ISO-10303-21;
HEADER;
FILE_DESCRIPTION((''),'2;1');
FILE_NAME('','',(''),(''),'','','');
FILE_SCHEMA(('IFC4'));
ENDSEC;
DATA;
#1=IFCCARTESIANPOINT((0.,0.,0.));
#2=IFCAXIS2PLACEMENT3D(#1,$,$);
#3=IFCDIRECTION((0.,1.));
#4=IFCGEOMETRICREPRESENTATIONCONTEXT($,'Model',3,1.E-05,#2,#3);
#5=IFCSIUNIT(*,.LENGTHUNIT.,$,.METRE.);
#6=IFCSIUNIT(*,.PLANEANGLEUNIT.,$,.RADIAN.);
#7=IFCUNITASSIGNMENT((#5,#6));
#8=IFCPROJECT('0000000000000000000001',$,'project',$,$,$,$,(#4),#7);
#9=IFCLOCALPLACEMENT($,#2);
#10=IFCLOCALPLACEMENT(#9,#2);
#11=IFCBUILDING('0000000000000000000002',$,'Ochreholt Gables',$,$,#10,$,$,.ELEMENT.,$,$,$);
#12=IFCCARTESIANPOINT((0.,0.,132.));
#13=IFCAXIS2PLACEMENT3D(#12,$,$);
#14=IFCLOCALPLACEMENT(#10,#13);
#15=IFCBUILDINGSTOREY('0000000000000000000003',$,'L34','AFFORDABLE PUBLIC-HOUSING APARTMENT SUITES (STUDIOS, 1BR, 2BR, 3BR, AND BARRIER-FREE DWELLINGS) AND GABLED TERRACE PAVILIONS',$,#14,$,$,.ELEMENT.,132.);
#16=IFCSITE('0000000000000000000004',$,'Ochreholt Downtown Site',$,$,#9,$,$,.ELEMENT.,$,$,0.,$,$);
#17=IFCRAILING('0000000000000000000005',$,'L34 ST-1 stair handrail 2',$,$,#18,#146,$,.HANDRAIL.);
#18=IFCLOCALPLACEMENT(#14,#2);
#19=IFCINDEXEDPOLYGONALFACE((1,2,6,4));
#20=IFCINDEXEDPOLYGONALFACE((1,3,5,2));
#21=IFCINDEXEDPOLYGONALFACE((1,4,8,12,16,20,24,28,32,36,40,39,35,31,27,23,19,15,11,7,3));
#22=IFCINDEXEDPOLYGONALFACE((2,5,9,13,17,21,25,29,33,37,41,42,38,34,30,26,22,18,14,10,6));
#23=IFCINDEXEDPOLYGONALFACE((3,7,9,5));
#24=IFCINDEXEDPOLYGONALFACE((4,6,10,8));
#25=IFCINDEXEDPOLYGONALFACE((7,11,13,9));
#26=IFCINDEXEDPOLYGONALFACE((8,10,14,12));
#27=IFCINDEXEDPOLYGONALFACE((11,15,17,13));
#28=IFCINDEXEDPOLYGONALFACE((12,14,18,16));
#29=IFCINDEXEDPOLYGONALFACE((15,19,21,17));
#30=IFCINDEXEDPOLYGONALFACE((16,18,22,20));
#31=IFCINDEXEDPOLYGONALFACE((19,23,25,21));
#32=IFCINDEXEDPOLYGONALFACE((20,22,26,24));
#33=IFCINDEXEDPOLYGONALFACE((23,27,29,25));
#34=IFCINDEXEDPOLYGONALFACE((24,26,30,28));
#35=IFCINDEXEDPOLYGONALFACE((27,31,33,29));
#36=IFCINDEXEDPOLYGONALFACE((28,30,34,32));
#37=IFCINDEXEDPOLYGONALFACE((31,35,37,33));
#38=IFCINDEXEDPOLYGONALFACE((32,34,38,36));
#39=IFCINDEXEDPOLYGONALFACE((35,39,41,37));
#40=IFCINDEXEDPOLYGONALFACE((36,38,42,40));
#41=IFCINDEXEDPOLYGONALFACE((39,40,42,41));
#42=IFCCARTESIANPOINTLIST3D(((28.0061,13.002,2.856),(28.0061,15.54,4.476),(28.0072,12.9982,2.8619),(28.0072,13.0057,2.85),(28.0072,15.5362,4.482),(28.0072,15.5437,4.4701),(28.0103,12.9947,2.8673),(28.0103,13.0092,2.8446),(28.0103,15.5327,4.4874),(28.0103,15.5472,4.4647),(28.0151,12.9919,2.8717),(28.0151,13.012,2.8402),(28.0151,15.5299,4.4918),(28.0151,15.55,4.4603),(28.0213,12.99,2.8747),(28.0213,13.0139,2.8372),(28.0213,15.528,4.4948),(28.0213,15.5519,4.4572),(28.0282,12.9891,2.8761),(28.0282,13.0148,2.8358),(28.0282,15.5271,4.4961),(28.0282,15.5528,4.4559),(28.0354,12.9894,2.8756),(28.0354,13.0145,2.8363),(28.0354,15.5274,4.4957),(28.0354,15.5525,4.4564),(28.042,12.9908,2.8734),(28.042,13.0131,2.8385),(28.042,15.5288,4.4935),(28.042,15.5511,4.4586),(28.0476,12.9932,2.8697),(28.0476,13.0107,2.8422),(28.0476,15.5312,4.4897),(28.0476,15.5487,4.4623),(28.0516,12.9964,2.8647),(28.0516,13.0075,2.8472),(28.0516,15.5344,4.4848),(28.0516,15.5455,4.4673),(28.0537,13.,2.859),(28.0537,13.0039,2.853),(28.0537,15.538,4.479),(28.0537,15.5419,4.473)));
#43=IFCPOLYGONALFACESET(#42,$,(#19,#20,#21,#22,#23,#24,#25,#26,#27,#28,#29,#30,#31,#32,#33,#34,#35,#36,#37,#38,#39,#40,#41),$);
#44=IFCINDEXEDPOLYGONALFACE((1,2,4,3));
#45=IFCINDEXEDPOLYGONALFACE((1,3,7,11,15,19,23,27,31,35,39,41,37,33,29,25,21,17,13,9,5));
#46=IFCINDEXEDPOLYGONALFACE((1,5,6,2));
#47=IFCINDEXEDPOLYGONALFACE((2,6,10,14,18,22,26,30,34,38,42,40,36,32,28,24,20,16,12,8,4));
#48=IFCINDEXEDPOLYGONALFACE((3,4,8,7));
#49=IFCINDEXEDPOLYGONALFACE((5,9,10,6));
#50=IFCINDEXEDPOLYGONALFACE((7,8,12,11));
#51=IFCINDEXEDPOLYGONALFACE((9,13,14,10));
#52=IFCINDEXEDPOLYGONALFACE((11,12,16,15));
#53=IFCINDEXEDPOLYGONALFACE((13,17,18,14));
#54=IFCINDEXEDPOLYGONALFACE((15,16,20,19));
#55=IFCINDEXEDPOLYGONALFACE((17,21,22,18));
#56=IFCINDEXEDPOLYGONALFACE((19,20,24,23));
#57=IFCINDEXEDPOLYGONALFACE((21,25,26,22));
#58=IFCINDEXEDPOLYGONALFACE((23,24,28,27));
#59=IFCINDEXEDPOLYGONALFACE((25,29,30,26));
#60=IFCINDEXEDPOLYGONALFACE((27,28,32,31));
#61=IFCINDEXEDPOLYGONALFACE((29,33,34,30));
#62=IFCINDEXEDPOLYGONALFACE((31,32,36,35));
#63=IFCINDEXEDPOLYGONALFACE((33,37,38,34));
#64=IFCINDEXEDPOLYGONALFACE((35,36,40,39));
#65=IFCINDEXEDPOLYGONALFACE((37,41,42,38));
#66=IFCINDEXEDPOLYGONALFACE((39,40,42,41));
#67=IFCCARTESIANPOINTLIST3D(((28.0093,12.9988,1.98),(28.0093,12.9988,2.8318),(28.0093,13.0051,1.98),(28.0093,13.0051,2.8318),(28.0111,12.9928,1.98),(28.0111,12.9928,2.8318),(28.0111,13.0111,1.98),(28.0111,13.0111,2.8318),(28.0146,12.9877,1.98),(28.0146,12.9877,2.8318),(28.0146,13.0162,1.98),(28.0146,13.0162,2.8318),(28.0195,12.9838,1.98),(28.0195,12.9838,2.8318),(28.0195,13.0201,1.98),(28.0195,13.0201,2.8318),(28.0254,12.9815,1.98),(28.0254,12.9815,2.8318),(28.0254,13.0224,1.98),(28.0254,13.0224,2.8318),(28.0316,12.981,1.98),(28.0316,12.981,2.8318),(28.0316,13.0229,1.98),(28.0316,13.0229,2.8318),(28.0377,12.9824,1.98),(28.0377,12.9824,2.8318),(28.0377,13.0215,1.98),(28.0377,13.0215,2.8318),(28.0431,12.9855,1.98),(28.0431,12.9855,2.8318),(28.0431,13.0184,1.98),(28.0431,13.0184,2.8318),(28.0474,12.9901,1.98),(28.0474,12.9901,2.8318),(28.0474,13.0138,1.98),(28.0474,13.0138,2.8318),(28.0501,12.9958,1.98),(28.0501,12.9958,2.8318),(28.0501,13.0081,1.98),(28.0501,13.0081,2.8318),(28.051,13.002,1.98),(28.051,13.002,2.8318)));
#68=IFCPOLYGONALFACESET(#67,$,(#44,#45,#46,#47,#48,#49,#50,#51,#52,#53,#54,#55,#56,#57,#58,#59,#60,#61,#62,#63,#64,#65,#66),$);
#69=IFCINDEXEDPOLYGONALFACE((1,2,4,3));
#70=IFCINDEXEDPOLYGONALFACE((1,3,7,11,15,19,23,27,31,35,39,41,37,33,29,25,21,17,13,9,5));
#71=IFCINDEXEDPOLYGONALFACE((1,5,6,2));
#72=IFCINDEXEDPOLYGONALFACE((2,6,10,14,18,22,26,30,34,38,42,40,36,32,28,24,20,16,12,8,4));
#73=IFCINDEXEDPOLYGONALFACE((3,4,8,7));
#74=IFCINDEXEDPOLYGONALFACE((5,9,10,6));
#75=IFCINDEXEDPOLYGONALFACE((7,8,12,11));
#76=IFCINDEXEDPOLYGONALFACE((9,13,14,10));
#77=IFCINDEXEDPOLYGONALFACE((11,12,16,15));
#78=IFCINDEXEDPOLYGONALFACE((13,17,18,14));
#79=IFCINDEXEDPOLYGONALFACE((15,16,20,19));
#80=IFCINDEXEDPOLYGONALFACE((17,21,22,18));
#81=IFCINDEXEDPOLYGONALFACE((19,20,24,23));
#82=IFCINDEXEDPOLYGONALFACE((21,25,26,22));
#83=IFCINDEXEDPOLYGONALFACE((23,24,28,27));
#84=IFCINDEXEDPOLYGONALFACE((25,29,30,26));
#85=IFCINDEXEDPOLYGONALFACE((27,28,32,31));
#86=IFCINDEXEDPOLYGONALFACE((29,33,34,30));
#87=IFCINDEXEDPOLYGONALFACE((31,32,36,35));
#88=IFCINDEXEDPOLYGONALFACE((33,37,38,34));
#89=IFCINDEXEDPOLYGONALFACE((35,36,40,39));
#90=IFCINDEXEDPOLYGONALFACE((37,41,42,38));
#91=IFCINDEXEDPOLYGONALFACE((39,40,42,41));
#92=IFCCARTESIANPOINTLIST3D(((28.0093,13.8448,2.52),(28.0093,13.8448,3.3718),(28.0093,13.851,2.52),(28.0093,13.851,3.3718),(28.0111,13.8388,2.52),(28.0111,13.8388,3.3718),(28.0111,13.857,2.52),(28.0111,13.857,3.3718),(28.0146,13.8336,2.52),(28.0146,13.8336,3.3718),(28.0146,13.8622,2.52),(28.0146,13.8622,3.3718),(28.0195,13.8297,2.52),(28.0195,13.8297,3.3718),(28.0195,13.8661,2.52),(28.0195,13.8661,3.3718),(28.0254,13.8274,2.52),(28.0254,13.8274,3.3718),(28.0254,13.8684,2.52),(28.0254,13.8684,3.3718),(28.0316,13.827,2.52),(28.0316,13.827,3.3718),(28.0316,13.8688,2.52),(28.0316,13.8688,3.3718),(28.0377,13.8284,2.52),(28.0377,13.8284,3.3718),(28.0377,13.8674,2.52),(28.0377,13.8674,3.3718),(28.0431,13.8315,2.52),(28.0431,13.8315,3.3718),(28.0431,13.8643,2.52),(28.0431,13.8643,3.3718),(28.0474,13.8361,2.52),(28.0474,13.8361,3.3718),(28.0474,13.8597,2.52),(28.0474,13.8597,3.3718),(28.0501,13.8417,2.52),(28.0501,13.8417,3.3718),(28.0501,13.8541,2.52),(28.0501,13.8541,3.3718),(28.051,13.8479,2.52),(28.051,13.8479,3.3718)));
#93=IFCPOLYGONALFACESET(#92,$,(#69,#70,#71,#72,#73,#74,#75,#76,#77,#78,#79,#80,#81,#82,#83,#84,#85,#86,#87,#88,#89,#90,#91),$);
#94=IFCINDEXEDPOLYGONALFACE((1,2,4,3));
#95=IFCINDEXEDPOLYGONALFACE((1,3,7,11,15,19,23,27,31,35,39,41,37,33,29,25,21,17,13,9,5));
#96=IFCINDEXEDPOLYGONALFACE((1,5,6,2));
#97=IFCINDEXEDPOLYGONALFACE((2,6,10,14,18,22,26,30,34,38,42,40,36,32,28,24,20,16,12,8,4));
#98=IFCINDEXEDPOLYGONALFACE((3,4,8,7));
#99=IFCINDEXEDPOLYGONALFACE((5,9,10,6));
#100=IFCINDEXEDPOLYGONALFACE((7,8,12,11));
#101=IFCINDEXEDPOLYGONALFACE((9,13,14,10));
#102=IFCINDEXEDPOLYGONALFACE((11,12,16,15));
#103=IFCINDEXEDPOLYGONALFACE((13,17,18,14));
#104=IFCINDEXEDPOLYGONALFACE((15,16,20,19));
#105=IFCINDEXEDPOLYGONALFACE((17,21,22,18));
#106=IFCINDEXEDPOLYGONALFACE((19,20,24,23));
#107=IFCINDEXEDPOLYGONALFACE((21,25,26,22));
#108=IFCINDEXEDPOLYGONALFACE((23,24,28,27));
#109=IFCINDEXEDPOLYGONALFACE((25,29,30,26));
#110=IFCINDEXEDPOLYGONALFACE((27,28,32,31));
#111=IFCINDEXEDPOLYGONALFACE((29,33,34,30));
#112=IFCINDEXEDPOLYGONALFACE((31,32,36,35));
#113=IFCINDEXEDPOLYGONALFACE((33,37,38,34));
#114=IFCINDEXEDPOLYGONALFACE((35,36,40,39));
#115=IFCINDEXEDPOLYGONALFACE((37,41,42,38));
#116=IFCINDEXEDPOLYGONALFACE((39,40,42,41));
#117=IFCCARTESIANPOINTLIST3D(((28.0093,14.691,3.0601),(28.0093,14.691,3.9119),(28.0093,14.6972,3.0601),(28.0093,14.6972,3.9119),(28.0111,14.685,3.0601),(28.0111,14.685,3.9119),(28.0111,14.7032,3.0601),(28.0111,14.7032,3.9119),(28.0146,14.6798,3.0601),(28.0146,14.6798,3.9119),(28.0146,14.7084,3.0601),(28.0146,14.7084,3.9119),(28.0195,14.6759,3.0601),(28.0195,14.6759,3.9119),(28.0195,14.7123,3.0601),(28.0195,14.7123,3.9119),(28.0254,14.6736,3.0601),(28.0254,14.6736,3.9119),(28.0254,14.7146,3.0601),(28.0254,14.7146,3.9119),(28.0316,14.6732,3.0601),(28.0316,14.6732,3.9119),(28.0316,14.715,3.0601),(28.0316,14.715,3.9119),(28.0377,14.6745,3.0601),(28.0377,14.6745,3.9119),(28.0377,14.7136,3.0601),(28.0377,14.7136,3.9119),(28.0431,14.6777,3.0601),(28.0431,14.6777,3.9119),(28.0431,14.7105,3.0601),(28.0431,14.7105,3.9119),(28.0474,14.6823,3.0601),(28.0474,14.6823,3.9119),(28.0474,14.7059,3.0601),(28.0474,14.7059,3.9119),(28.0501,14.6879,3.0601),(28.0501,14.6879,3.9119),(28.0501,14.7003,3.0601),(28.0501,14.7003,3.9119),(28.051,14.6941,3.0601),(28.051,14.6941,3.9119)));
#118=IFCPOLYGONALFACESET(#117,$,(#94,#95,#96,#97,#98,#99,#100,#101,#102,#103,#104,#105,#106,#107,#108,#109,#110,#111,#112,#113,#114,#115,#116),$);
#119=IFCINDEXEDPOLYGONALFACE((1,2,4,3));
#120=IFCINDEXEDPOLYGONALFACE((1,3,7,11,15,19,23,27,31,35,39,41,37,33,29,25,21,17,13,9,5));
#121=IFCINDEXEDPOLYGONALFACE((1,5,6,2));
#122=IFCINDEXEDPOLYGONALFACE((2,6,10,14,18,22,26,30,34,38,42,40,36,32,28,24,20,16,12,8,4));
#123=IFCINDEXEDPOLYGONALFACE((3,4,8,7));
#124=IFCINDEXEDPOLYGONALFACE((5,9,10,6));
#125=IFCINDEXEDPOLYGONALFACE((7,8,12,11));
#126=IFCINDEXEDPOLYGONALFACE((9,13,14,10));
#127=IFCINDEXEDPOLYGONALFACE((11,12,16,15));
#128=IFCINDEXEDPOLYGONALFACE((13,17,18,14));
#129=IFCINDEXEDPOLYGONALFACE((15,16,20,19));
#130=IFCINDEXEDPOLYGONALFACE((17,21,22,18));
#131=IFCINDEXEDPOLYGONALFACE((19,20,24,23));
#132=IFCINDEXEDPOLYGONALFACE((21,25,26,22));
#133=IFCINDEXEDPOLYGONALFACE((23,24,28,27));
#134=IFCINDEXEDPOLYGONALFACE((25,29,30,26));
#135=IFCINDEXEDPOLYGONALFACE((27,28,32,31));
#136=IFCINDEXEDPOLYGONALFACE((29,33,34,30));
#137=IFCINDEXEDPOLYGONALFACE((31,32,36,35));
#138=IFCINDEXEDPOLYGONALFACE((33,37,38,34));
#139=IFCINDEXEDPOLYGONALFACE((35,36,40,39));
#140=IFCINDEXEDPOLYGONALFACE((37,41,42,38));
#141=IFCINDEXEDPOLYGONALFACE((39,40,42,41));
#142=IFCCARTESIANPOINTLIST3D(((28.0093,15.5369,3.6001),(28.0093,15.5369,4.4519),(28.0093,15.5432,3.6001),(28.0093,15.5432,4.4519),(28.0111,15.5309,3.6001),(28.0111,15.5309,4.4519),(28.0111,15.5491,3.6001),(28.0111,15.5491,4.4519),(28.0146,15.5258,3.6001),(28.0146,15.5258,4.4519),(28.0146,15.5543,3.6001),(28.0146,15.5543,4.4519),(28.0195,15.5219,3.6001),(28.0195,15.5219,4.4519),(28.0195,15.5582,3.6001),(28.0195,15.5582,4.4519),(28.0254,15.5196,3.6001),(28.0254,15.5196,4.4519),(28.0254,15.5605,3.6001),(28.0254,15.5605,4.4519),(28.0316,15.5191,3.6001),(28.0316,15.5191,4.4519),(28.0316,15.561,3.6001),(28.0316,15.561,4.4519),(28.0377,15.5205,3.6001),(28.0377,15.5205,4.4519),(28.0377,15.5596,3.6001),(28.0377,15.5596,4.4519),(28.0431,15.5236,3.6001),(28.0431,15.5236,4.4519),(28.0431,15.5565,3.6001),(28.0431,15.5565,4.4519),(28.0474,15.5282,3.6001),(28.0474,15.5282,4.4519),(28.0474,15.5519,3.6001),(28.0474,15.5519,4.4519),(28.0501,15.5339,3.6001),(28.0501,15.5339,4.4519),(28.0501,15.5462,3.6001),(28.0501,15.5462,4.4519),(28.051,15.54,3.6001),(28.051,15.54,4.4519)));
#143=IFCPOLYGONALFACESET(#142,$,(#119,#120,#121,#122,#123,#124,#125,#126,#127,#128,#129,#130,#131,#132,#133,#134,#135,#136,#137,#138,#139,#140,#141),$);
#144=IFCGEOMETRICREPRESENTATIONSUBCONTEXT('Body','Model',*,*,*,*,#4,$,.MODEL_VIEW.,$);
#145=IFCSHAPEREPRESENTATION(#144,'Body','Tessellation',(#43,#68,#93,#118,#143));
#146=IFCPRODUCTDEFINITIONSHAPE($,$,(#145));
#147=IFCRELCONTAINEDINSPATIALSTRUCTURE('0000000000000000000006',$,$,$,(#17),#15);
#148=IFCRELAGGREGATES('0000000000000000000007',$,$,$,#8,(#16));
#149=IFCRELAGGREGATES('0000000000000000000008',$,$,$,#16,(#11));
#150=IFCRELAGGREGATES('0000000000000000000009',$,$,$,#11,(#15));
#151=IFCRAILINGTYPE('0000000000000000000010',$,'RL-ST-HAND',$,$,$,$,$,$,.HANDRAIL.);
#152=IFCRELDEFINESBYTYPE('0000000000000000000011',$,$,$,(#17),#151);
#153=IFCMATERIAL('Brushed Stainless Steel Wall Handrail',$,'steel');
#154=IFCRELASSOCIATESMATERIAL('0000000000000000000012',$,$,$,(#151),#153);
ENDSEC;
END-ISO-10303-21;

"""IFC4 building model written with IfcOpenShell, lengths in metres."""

from ifc_helpers import new_model, si_unit, direction, frame, origin, origin_2d, place, context, subcontext, project, spatial, circle, extrude, material, type_object, element, save


model = new_model("IFC4")

# Units and contexts
model_context = context("Model", 3, precision=1e-05, world=origin(), true_north=direction((0.0, 1.0)))
body_context = subcontext(model_context, "Body", "Model", "MODEL_VIEW")
ifc_project = project(units=[si_unit("LENGTHUNIT", "METRE"), si_unit("PLANEANGLEUNIT", "RADIAN")], contexts=[model_context])

# Site, building, storey
site_placement = place(None, origin())
site = spatial("IfcSite", under=ifc_project, at=site_placement, Name="Ochreholt Downtown Site", CompositionType="ELEMENT", RefElevation=0.0)
building_placement = place(site_placement, origin())
building = spatial("IfcBuilding", under=site, at=building_placement, Name="Ochreholt Gables", CompositionType="ELEMENT")
storey_placement = place(building_placement, frame((0.0, 0.0, 132.0)))
storey = spatial("IfcBuildingStorey", under=building, at=storey_placement, Name="L34", Description="AFFORDABLE PUBLIC-HOUSING APARTMENT SUITES (STUDIOS, 1BR, 2BR, 3BR, AND BARRIER-FREE DWELLINGS) AND GABLED TERRACE PAVILIONS", CompositionType="ELEMENT", Elevation=132.0)

# Railing
ifc_material_1 = material(Name="Brushed Stainless Steel Wall Handrail", Category="steel")
railing_type_1 = type_object("IfcRailingType", Name="RL-ST-HAND", PredefinedType="HANDRAIL", material=ifc_material_1)
railing_1_placement = place(storey_placement, frame((28.03, 13.002, 1.98)))
element("IfcRailing", 1, at=railing_1_placement, inside=storey, type_object=railing_type_1, Name="L34 ST-1 stair handrail 2", PredefinedType="HANDRAIL", context=body_context, shape_type="SweptSolid", body=[
    extrude(circle(Radius=0.0239, at=origin_2d()), frame((0.0, 0.0, 0.876), z_axis=(0.0, 0.842913, 0.53805), x_axis=(-1.0, 0.0, 0.0)), (0.0, 0.0, 1.0), 3.011),
    extrude(circle(Radius=0.021, at=origin_2d()), origin(), (0.0, 0.0, 1.0), 0.8518),
    extrude(circle(Radius=0.021, at=origin_2d()), frame((0.0, 0.8459, 0.54)), (0.0, 0.0, 1.0), 0.8518),
    extrude(circle(Radius=0.021, at=origin_2d()), frame((0.0, 1.6921, 1.0801)), (0.0, 0.0, 1.0), 0.8518),
    extrude(circle(Radius=0.021, at=origin_2d()), frame((0.0, 2.5381, 1.6201)), (0.0, 0.0, 1.0), 0.8518),
])

save(model, "model.ifc")
